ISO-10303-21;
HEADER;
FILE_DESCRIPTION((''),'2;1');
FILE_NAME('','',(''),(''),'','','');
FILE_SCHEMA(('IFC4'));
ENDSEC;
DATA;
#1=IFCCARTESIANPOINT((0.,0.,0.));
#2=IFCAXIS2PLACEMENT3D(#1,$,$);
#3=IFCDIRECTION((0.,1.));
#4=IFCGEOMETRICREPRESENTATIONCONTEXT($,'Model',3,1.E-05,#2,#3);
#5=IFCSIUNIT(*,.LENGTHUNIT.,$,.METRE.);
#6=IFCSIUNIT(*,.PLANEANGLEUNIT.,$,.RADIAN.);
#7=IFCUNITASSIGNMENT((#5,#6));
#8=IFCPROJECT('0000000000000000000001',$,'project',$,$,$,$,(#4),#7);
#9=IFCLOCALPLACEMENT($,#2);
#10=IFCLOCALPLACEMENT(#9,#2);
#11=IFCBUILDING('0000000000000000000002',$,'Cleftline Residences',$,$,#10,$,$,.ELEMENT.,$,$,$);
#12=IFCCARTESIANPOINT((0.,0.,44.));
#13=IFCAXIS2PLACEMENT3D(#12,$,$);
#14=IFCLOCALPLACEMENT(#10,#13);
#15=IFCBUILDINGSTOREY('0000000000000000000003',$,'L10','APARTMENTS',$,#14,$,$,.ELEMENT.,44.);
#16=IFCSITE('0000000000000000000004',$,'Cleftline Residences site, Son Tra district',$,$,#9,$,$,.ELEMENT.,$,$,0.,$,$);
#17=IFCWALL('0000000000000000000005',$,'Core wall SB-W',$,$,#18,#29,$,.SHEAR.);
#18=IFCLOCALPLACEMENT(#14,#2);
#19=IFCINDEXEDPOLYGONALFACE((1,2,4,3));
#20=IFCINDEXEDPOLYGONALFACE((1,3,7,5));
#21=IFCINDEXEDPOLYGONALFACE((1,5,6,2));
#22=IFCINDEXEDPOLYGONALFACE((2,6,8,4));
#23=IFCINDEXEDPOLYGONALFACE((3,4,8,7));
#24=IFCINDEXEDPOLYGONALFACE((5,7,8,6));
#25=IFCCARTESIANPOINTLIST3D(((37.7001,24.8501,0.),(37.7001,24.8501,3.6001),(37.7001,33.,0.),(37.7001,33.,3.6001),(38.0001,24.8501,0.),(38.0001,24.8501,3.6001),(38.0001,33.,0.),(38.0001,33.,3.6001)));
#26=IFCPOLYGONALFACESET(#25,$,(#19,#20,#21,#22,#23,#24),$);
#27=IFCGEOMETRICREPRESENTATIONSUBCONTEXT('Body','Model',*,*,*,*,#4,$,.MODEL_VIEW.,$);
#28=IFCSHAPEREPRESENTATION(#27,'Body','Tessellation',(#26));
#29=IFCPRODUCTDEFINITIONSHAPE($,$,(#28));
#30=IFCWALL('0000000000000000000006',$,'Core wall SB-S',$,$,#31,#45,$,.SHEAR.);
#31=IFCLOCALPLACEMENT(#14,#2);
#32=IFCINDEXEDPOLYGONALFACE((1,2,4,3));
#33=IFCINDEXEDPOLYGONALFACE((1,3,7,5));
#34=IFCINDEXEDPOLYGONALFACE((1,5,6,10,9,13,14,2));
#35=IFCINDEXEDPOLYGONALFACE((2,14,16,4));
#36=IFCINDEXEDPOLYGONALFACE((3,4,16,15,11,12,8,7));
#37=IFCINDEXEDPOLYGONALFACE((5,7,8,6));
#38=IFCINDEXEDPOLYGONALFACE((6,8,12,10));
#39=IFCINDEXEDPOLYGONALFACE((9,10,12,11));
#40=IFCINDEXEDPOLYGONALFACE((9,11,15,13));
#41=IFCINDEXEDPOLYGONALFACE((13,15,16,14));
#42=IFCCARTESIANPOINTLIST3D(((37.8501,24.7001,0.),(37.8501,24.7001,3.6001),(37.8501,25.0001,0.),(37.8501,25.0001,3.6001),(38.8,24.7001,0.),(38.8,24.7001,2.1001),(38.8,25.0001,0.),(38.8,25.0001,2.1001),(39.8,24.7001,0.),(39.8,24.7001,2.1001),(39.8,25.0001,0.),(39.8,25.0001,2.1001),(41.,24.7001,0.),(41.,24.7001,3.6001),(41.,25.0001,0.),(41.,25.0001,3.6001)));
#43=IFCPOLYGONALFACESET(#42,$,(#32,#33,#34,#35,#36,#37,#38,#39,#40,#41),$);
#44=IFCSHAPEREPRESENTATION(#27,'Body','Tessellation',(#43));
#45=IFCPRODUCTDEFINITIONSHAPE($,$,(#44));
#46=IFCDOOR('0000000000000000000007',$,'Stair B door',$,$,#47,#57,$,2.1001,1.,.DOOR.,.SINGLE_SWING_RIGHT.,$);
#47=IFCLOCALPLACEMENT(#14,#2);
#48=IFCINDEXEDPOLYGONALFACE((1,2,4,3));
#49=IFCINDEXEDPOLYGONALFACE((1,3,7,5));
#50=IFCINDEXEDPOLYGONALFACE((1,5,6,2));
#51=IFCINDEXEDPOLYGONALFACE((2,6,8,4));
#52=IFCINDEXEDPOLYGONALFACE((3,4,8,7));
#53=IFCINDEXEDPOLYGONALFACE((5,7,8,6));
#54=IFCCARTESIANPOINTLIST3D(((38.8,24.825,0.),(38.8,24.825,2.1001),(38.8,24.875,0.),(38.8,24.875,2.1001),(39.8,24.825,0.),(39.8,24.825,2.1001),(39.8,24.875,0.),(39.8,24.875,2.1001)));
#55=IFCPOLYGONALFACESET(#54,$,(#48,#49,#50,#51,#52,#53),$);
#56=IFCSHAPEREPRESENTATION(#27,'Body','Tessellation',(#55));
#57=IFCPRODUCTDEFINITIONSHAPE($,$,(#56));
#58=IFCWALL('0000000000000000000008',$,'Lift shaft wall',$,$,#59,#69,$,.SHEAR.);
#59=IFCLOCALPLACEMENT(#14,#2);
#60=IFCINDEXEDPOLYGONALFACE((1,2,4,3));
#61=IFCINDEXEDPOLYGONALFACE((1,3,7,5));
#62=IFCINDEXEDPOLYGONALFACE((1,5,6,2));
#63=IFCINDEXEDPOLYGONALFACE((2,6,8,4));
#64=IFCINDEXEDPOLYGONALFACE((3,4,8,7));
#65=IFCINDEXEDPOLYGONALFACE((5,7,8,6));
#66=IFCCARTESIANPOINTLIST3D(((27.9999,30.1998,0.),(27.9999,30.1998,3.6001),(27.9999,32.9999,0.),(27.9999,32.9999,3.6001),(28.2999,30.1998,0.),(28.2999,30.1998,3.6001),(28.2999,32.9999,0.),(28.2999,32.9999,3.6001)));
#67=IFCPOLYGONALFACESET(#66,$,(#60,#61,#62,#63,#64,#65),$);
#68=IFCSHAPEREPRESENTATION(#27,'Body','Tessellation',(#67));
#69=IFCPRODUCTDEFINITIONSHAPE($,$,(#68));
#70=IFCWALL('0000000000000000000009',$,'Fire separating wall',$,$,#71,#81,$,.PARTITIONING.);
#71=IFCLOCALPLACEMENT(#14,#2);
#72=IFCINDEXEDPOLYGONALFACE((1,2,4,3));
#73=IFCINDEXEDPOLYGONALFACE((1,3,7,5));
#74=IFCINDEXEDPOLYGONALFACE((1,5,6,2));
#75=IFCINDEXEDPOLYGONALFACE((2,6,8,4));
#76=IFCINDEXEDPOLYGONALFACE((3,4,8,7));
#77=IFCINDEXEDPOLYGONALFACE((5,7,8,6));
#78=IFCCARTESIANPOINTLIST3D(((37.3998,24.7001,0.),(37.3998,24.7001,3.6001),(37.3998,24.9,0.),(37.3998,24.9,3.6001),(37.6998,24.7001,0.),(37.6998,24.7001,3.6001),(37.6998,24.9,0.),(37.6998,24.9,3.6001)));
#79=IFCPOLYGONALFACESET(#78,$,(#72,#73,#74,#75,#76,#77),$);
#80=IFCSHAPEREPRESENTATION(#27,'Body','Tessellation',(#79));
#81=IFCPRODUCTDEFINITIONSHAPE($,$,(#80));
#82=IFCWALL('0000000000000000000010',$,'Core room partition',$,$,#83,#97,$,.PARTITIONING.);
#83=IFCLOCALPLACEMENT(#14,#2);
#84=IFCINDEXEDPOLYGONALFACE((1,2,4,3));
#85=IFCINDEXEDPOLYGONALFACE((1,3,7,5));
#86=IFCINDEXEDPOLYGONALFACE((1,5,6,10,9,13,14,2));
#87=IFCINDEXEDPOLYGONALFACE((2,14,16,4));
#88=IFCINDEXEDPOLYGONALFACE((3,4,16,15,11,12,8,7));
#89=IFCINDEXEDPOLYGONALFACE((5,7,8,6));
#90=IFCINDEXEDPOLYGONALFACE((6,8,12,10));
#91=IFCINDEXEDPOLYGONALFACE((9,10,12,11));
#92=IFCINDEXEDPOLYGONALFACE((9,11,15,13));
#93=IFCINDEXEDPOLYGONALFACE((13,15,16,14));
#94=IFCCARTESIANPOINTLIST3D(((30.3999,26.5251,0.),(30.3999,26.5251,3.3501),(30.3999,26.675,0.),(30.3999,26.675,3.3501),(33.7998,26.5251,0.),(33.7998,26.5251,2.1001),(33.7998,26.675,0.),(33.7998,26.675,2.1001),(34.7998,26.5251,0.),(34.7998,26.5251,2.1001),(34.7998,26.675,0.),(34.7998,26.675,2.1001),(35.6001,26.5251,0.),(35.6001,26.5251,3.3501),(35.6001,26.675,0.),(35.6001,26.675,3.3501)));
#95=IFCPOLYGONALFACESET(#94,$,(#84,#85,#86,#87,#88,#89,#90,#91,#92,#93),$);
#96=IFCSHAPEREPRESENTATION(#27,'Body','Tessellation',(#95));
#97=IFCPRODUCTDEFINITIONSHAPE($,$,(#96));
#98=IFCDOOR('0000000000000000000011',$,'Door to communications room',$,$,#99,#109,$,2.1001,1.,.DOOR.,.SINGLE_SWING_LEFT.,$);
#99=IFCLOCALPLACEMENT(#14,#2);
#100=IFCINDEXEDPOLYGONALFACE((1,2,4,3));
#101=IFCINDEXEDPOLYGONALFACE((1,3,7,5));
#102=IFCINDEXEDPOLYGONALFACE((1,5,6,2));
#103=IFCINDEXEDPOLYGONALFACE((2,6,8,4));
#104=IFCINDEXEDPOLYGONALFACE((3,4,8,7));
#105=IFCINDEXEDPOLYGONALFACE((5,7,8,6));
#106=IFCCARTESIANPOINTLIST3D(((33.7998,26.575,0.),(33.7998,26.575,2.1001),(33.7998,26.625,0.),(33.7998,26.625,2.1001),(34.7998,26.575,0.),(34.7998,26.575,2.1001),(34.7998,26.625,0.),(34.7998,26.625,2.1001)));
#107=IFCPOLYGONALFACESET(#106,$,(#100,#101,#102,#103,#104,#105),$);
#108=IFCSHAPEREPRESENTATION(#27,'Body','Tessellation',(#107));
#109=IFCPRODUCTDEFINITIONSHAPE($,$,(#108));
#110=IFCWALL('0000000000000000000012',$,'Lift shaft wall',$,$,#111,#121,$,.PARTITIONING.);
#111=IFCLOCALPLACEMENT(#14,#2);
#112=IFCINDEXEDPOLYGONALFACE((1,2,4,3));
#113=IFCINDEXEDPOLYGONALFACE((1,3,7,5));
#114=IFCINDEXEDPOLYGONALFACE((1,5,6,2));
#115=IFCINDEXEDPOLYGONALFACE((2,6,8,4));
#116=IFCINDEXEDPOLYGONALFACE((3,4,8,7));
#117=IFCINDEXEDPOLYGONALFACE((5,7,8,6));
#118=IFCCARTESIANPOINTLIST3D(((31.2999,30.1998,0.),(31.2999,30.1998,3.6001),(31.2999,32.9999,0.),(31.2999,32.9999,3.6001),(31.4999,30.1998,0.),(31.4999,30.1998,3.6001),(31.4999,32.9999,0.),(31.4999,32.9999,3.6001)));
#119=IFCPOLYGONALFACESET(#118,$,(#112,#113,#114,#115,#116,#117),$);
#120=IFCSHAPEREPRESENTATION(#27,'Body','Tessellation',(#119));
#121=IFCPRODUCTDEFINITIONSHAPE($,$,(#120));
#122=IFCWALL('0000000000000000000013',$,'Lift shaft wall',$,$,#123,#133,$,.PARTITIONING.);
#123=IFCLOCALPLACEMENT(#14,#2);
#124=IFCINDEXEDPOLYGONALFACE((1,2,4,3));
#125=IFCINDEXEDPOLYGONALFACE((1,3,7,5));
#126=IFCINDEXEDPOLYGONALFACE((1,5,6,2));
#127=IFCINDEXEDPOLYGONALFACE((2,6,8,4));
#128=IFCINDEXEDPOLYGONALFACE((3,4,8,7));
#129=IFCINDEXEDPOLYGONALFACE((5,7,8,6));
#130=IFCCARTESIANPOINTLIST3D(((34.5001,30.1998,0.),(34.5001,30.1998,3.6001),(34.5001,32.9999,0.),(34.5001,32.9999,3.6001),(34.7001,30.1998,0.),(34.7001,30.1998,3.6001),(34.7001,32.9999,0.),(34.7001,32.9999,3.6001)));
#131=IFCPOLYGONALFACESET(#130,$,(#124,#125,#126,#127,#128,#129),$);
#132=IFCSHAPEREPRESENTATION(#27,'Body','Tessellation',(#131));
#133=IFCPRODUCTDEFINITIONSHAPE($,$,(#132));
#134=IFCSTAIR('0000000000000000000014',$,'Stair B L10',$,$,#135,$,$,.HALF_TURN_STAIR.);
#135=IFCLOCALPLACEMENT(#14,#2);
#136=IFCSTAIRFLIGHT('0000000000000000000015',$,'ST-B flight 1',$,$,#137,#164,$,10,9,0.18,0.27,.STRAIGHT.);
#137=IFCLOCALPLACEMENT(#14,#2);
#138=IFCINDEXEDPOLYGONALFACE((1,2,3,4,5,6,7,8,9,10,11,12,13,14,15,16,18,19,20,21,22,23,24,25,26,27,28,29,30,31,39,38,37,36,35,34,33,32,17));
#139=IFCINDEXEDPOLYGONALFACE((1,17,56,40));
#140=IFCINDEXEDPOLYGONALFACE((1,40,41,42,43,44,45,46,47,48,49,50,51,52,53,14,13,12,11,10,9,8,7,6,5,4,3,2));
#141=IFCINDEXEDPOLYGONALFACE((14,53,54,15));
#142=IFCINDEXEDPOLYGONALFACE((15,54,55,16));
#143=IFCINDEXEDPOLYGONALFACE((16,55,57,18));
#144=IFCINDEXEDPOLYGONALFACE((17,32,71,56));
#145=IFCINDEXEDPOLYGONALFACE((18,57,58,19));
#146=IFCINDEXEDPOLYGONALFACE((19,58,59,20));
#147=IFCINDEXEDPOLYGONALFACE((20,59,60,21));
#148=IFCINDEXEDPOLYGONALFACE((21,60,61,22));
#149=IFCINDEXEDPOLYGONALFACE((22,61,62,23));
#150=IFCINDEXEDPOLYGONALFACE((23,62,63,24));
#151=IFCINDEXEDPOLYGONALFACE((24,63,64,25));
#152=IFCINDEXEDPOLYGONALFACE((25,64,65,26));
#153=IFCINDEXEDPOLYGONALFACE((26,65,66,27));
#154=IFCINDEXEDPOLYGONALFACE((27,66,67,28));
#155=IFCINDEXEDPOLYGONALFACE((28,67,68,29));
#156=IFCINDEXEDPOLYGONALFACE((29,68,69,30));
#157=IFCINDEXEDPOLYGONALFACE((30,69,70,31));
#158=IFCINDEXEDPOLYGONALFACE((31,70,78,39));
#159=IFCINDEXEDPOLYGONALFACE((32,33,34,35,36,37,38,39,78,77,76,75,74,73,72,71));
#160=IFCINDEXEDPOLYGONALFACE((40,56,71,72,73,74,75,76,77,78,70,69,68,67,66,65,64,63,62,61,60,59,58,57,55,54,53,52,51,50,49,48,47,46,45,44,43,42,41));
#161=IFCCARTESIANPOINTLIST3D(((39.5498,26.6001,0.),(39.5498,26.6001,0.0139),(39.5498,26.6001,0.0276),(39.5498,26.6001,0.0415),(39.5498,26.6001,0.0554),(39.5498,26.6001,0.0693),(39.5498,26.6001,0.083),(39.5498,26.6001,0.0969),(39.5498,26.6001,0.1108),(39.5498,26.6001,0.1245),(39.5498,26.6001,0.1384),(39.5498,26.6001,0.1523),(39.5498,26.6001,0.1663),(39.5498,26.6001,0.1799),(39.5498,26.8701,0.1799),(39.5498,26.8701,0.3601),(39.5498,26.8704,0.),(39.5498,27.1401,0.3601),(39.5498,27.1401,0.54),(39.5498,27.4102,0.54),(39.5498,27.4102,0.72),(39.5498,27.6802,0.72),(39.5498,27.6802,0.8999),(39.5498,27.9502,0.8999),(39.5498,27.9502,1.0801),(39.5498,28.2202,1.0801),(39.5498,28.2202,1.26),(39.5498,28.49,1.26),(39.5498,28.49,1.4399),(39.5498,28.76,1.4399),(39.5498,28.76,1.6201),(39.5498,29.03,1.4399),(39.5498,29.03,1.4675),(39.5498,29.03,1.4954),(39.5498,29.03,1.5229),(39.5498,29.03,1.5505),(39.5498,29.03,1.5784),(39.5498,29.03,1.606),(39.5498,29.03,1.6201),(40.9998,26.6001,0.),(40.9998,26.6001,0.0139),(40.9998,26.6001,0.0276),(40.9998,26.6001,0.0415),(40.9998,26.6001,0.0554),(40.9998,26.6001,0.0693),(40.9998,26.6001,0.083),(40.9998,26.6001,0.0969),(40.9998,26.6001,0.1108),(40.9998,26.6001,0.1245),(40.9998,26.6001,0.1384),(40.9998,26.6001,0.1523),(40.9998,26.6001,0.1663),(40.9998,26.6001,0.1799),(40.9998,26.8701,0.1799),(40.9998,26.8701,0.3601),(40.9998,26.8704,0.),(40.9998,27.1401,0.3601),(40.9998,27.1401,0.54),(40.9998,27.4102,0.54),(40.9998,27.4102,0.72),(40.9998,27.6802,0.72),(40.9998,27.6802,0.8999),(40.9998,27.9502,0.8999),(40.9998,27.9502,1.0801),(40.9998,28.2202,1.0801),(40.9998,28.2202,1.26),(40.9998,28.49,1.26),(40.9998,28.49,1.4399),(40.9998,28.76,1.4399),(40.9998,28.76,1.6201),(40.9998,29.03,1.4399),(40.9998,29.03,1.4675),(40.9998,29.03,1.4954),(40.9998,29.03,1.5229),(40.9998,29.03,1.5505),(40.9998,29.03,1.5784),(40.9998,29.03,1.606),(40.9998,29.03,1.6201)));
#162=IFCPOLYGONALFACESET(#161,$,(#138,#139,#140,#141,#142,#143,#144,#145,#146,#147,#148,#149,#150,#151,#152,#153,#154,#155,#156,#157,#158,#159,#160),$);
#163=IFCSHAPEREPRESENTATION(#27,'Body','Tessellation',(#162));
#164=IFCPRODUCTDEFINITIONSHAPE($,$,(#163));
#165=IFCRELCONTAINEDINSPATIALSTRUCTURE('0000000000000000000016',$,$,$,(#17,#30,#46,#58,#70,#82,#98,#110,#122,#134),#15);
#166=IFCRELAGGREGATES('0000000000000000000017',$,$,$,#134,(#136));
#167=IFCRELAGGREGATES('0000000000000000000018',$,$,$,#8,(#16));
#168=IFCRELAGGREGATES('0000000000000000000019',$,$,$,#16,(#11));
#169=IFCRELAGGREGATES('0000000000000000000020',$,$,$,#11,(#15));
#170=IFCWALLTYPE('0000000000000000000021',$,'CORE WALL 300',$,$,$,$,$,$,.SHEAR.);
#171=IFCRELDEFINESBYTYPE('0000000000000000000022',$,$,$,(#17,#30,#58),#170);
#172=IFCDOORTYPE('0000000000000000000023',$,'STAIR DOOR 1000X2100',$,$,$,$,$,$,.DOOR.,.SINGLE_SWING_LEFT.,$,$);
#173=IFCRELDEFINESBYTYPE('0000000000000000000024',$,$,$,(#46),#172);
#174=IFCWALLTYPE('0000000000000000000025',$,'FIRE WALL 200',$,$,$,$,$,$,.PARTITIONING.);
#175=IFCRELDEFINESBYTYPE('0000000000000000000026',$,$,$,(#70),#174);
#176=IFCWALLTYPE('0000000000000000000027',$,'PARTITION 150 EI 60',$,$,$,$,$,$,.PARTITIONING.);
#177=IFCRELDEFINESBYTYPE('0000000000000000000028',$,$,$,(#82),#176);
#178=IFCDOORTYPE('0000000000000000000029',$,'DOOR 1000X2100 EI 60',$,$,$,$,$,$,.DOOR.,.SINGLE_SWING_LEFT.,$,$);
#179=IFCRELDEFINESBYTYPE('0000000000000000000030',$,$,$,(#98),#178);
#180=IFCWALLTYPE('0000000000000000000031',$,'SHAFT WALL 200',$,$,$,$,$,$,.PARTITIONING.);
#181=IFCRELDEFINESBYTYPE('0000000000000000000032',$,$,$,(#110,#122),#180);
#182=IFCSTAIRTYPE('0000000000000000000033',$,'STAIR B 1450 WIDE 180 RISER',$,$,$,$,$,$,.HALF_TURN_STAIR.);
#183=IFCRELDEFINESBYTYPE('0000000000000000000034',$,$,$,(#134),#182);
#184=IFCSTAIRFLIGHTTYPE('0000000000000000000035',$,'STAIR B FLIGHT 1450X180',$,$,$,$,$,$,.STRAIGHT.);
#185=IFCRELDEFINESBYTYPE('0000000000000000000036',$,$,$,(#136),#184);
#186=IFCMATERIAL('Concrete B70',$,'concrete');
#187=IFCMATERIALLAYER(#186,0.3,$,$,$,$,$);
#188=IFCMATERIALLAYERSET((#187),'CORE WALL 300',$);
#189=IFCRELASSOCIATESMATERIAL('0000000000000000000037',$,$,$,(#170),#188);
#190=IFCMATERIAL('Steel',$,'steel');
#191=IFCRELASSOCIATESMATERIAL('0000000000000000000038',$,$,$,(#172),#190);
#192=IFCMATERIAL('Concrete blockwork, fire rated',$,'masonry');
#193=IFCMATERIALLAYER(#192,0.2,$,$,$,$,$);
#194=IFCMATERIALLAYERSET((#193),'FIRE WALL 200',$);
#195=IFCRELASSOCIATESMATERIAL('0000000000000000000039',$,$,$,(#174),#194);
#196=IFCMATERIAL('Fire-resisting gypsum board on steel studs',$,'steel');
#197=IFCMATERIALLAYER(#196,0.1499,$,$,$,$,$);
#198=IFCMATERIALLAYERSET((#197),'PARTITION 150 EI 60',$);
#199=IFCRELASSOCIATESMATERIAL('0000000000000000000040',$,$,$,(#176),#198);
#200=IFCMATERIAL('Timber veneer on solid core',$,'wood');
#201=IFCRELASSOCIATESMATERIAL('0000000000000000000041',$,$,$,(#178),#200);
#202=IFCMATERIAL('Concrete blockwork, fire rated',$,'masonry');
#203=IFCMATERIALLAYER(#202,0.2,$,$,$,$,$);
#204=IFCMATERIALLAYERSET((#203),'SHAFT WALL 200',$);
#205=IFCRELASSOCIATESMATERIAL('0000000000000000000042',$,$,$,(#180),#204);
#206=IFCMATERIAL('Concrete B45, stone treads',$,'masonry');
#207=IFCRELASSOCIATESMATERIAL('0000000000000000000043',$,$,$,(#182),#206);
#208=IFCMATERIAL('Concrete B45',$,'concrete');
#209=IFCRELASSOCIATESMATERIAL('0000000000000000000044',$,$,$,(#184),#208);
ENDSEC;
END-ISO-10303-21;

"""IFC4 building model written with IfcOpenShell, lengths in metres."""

from ifc_helpers import new_model, si_unit, direction, frame, frame_2d, origin, place, context, subcontext, project, spatial, polyline, rectangle, outline, extrude, material, layer, layer_set, type_object, element, fill, aggregate, save


model = new_model("IFC4")

# Units and contexts
model_context = context("Model", 3, precision=1e-05, world=origin(), true_north=direction((0.0, 1.0)))
body_context = subcontext(model_context, "Body", "Model", "MODEL_VIEW")
ifc_project = project(units=[si_unit("LENGTHUNIT", "METRE"), si_unit("PLANEANGLEUNIT", "RADIAN")], contexts=[model_context])

# Site, building, storey
site_placement = place(None, origin())
site = spatial("IfcSite", under=ifc_project, at=site_placement, Name="Cleftline Residences site, Son Tra district", CompositionType="ELEMENT", RefElevation=0.0)
building_placement = place(site_placement, origin())
building = spatial("IfcBuilding", under=site, at=building_placement, Name="Cleftline Residences", CompositionType="ELEMENT")
storey_placement = place(building_placement, frame((0.0, 0.0, 44.0)))
storey = spatial("IfcBuildingStorey", under=building, at=storey_placement, Name="L10", Description="APARTMENTS", CompositionType="ELEMENT", Elevation=44.0)

# Wall
ifc_material_1 = material(Name="Concrete B70", Category="concrete")
ifc_layer_1 = layer(ifc_material_1, 0.3)
ifc_layer_set_1 = layer_set([ifc_layer_1], Name="CORE WALL 300")
wall_type_1 = type_object("IfcWallType", Name="CORE WALL 300", PredefinedType="SHEAR", material=ifc_layer_set_1)
wall_1_placement = place(storey_placement, frame((37.8501, 24.8501, 0.0), z_axis=(0.0, 0.0, 1.0), x_axis=(0.0, 1.0, 0.0)))
element("IfcWall", 1, at=wall_1_placement, inside=storey, type_object=wall_type_1, Name="Core wall SB-W", PredefinedType="SHEAR", context=body_context, shape_type="SweptSolid", body=[
    extrude(rectangle(XDim=8.1499, YDim=0.3, at=frame_2d((4.075, 0.0))), origin(), (0.0, 0.0, 1.0), 3.6001),
])

# Wall, opening, door
wall_2_placement = place(storey_placement, frame((37.8501, 24.8501, 0.0), z_axis=(0.0, 0.0, 1.0), x_axis=(1.0, 0.0, 0.0)))
wall_2 = element("IfcWall", 2, at=wall_2_placement, inside=storey, type_object=wall_type_1, Name="Core wall SB-S", PredefinedType="SHEAR", context=body_context, shape_type="SweptSolid", body=[
    extrude(rectangle(XDim=3.1499, YDim=0.3, at=frame_2d((1.575, 0.0))), origin(), (0.0, 0.0, 1.0), 3.6001),
])
opening_1_placement = place(wall_2_placement, frame((0.95, 0.0, 0.0)))
opening_1 = element("IfcOpeningElement", 3, at=opening_1_placement, cuts=wall_2, PredefinedType="OPENING", context=body_context, shape_type="SweptSolid", body=[
    extrude(rectangle(XDim=1.0, YDim=2.1001, at=frame_2d((0.5, 1.05))), frame((0.0, 0.1599, 0.0), z_axis=(0.0, -1.0, 0.0), x_axis=(1.0, 0.0, 0.0)), (0.0, 0.0, 1.0), 0.3201),
])
ifc_material_2 = material(Name="Steel", Category="steel")
door_type_1 = type_object("IfcDoorType", Name="STAIR DOOR 1000X2100", OperationType="SINGLE_SWING_LEFT", PredefinedType="DOOR", material=ifc_material_2)
door_1_placement = place(opening_1_placement, origin())
door_1 = element("IfcDoor", 4, at=door_1_placement, inside=storey, type_object=door_type_1, Name="Stair B door", OperationType="SINGLE_SWING_RIGHT", OverallHeight=2.1001, OverallWidth=1.0, PredefinedType="DOOR", context=body_context, shape_type="SweptSolid", body=[
    extrude(rectangle(XDim=1.0, YDim=2.1001, at=frame_2d((0.5, 1.05))), frame((0.0, 0.0249, 0.0), z_axis=(0.0, -1.0, 0.0), x_axis=(1.0, 0.0, 0.0)), (0.0, 0.0, 1.0), 0.05),
])
fill(opening_1, door_1)

# Walls
wall_3_placement = place(storey_placement, frame((28.1499, 30.2, 0.0), z_axis=(0.0, 0.0, 1.0), x_axis=(0.0, 1.0, 0.0)))
element("IfcWall", 5, at=wall_3_placement, inside=storey, type_object=wall_type_1, Name="Lift shaft wall", PredefinedType="SHEAR", context=body_context, shape_type="SweptSolid", body=[
    extrude(rectangle(XDim=2.8, YDim=0.3, at=frame_2d((1.3999, 0.0))), origin(), (0.0, 0.0, 1.0), 3.6001),
])
ifc_material_3 = material(Name="Concrete blockwork, fire rated", Category="masonry")
ifc_layer_2 = layer(ifc_material_3, 0.2)
ifc_layer_set_2 = layer_set([ifc_layer_2], Name="FIRE WALL 200")
wall_type_2 = type_object("IfcWallType", Name="FIRE WALL 200", PredefinedType="PARTITIONING", material=ifc_layer_set_2)
wall_4_placement = place(storey_placement, frame((37.3999, 24.8, 0.0), z_axis=(0.0, 0.0, 1.0), x_axis=(1.0, 0.0, 0.0)))
element("IfcWall", 6, at=wall_4_placement, inside=storey, type_object=wall_type_2, Name="Fire separating wall", PredefinedType="PARTITIONING", context=body_context, shape_type="SweptSolid", body=[
    extrude(rectangle(XDim=0.3, YDim=0.2, at=frame_2d((0.1499, 0.0))), origin(), (0.0, 0.0, 1.0), 3.6001),
])

# Wall, opening, door
ifc_material_4 = material(Name="Fire-resisting gypsum board on steel studs", Category="steel")
ifc_layer_3 = layer(ifc_material_4, 0.1499)
ifc_layer_set_3 = layer_set([ifc_layer_3], Name="PARTITION 150 EI 60")
wall_type_3 = type_object("IfcWallType", Name="PARTITION 150 EI 60", PredefinedType="PARTITIONING", material=ifc_layer_set_3)
wall_5_placement = place(storey_placement, frame((30.3999, 26.6001, 0.0), z_axis=(0.0, 0.0, 1.0), x_axis=(1.0, 0.0, 0.0)))
wall_5 = element("IfcWall", 7, at=wall_5_placement, inside=storey, type_object=wall_type_3, Name="Core room partition", PredefinedType="PARTITIONING", context=body_context, shape_type="SweptSolid", body=[
    extrude(rectangle(XDim=5.2002, YDim=0.1499, at=frame_2d((2.6001, 0.0))), origin(), (0.0, 0.0, 1.0), 3.3501),
])
opening_2_placement = place(wall_5_placement, frame((3.3999, 0.0, 0.0)))
opening_2 = element("IfcOpeningElement", 8, at=opening_2_placement, cuts=wall_5, PredefinedType="OPENING", context=body_context, shape_type="SweptSolid", body=[
    extrude(rectangle(XDim=1.0, YDim=2.1001, at=frame_2d((0.5, 1.05))), frame((0.0, 0.085, 0.0), z_axis=(0.0, -1.0, 0.0), x_axis=(1.0, 0.0, 0.0)), (0.0, 0.0, 1.0), 0.1699),
])
ifc_material_5 = material(Name="Timber veneer on solid core", Category="wood")
door_type_2 = type_object("IfcDoorType", Name="DOOR 1000X2100 EI 60", OperationType="SINGLE_SWING_LEFT", PredefinedType="DOOR", material=ifc_material_5)
door_2_placement = place(opening_2_placement, origin())
door_2 = element("IfcDoor", 9, at=door_2_placement, inside=storey, type_object=door_type_2, Name="Door to communications room", OperationType="SINGLE_SWING_LEFT", OverallHeight=2.1001, OverallWidth=1.0, PredefinedType="DOOR", context=body_context, shape_type="SweptSolid", body=[
    extrude(rectangle(XDim=1.0, YDim=2.1001, at=frame_2d((0.5, 1.05))), frame((0.0, 0.0249, 0.0), z_axis=(0.0, -1.0, 0.0), x_axis=(1.0, 0.0, 0.0)), (0.0, 0.0, 1.0), 0.05),
])
fill(opening_2, door_2)

# Walls
ifc_material_6 = material(Name="Concrete blockwork, fire rated", Category="masonry")
ifc_layer_4 = layer(ifc_material_6, 0.2)
ifc_layer_set_4 = layer_set([ifc_layer_4], Name="SHAFT WALL 200")
wall_type_4 = type_object("IfcWallType", Name="SHAFT WALL 200", PredefinedType="PARTITIONING", material=ifc_layer_set_4)
for number, where, z_axis, x_axis, name in (
    (10, (31.3999, 30.2, 0.0), (0.0, 0.0, 1.0), (0.0, 1.0, 0.0), "Lift shaft wall"),
    (11, (34.6001, 30.2, 0.0), (0.0, 0.0, 1.0), (0.0, 1.0, 0.0), "Lift shaft wall"),
):
    element("IfcWall", number, at=place(storey_placement, frame(where, z_axis=z_axis, x_axis=x_axis)), inside=storey, type_object=wall_type_4, Name=name, PredefinedType="PARTITIONING", context=body_context, shape_type="SweptSolid", body=[
        extrude(rectangle(XDim=2.8, YDim=0.2, at=frame_2d((1.3999, 0.0))), origin(), (0.0, 0.0, 1.0), 3.6001),
    ])

# Stair, stair flight
ifc_material_7 = material(Name="Concrete B45, stone treads", Category="masonry")
stair_type = type_object("IfcStairType", Name="STAIR B 1450 WIDE 180 RISER", PredefinedType="HALF_TURN_STAIR", material=ifc_material_7)
stair_placement = place(storey_placement, origin())
stair = element("IfcStair", 12, at=stair_placement, inside=storey, type_object=stair_type, Name="Stair B L10", PredefinedType="HALF_TURN_STAIR")
ifc_material_8 = material(Name="Concrete B45", Category="concrete")
stair_flight_type = type_object("IfcStairFlightType", Name="STAIR B FLIGHT 1450X180", PredefinedType="STRAIGHT", material=ifc_material_8)
stair_flight_1_placement = place(storey_placement, frame((40.2749, 26.6001, 0.0), z_axis=(0.0, 0.0, 1.0), x_axis=(0.0, 1.0, 0.0)))
stair_flight_1 = element("IfcStairFlight", 13, at=stair_flight_1_placement, type_object=stair_flight_type, Name="ST-B flight 1", NumberOfRisers=10, NumberOfTreads=9, PredefinedType="STRAIGHT", RiserHeight=0.18, TreadLength=0.27, context=body_context, shape_type="SweptSolid", body=[
    extrude(outline(polyline([(0.0, 0.0), (0.0, 0.0139), (0.0, 0.0276), (0.0, 0.0415), (0.0, 0.0554), (0.0, 0.0693), (0.0, 0.083), (0.0, 0.0969), (0.0, 0.1108), (0.0, 0.1245), (0.0, 0.1384), (0.0, 0.1523), (0.0, 0.1663), (0.0, 0.1799), (0.27, 0.1799), (0.27, 0.3601), (0.54, 0.3601), (0.54, 0.54), (0.8101, 0.54), (0.8101, 0.72), (1.0801, 0.72), (1.0801, 0.8999), (1.3501, 0.8999), (1.3501, 1.0801), (1.6201, 1.0801), (1.6201, 1.26), (1.8899, 1.26), (1.8899, 1.4399), (2.1599, 1.4399), (2.1599, 1.6201), (2.4299, 1.6201), (2.4299, 1.8), (2.4299, 1.7722), (2.4299, 1.7446), (2.4299, 1.7168), (2.4299, 1.6892), (2.4299, 1.6614), (2.4299, 1.6338), (2.4299, 1.606), (2.4299, 1.5784), (2.4299, 1.5505), (2.4299, 1.5229), (2.4299, 1.4954), (2.4299, 1.4675), (2.4299, 1.4399), (0.2703, 0.0), (0.0, 0.0)])), frame((0.0, 0.7251, 0.0), z_axis=(0.0, -1.0, 0.0), x_axis=(1.0, 0.0, 0.0)), (0.0, 0.0, 1.0), 1.45),
])
aggregate(stair, [stair_flight_1])

save(model, "model.ifc")
